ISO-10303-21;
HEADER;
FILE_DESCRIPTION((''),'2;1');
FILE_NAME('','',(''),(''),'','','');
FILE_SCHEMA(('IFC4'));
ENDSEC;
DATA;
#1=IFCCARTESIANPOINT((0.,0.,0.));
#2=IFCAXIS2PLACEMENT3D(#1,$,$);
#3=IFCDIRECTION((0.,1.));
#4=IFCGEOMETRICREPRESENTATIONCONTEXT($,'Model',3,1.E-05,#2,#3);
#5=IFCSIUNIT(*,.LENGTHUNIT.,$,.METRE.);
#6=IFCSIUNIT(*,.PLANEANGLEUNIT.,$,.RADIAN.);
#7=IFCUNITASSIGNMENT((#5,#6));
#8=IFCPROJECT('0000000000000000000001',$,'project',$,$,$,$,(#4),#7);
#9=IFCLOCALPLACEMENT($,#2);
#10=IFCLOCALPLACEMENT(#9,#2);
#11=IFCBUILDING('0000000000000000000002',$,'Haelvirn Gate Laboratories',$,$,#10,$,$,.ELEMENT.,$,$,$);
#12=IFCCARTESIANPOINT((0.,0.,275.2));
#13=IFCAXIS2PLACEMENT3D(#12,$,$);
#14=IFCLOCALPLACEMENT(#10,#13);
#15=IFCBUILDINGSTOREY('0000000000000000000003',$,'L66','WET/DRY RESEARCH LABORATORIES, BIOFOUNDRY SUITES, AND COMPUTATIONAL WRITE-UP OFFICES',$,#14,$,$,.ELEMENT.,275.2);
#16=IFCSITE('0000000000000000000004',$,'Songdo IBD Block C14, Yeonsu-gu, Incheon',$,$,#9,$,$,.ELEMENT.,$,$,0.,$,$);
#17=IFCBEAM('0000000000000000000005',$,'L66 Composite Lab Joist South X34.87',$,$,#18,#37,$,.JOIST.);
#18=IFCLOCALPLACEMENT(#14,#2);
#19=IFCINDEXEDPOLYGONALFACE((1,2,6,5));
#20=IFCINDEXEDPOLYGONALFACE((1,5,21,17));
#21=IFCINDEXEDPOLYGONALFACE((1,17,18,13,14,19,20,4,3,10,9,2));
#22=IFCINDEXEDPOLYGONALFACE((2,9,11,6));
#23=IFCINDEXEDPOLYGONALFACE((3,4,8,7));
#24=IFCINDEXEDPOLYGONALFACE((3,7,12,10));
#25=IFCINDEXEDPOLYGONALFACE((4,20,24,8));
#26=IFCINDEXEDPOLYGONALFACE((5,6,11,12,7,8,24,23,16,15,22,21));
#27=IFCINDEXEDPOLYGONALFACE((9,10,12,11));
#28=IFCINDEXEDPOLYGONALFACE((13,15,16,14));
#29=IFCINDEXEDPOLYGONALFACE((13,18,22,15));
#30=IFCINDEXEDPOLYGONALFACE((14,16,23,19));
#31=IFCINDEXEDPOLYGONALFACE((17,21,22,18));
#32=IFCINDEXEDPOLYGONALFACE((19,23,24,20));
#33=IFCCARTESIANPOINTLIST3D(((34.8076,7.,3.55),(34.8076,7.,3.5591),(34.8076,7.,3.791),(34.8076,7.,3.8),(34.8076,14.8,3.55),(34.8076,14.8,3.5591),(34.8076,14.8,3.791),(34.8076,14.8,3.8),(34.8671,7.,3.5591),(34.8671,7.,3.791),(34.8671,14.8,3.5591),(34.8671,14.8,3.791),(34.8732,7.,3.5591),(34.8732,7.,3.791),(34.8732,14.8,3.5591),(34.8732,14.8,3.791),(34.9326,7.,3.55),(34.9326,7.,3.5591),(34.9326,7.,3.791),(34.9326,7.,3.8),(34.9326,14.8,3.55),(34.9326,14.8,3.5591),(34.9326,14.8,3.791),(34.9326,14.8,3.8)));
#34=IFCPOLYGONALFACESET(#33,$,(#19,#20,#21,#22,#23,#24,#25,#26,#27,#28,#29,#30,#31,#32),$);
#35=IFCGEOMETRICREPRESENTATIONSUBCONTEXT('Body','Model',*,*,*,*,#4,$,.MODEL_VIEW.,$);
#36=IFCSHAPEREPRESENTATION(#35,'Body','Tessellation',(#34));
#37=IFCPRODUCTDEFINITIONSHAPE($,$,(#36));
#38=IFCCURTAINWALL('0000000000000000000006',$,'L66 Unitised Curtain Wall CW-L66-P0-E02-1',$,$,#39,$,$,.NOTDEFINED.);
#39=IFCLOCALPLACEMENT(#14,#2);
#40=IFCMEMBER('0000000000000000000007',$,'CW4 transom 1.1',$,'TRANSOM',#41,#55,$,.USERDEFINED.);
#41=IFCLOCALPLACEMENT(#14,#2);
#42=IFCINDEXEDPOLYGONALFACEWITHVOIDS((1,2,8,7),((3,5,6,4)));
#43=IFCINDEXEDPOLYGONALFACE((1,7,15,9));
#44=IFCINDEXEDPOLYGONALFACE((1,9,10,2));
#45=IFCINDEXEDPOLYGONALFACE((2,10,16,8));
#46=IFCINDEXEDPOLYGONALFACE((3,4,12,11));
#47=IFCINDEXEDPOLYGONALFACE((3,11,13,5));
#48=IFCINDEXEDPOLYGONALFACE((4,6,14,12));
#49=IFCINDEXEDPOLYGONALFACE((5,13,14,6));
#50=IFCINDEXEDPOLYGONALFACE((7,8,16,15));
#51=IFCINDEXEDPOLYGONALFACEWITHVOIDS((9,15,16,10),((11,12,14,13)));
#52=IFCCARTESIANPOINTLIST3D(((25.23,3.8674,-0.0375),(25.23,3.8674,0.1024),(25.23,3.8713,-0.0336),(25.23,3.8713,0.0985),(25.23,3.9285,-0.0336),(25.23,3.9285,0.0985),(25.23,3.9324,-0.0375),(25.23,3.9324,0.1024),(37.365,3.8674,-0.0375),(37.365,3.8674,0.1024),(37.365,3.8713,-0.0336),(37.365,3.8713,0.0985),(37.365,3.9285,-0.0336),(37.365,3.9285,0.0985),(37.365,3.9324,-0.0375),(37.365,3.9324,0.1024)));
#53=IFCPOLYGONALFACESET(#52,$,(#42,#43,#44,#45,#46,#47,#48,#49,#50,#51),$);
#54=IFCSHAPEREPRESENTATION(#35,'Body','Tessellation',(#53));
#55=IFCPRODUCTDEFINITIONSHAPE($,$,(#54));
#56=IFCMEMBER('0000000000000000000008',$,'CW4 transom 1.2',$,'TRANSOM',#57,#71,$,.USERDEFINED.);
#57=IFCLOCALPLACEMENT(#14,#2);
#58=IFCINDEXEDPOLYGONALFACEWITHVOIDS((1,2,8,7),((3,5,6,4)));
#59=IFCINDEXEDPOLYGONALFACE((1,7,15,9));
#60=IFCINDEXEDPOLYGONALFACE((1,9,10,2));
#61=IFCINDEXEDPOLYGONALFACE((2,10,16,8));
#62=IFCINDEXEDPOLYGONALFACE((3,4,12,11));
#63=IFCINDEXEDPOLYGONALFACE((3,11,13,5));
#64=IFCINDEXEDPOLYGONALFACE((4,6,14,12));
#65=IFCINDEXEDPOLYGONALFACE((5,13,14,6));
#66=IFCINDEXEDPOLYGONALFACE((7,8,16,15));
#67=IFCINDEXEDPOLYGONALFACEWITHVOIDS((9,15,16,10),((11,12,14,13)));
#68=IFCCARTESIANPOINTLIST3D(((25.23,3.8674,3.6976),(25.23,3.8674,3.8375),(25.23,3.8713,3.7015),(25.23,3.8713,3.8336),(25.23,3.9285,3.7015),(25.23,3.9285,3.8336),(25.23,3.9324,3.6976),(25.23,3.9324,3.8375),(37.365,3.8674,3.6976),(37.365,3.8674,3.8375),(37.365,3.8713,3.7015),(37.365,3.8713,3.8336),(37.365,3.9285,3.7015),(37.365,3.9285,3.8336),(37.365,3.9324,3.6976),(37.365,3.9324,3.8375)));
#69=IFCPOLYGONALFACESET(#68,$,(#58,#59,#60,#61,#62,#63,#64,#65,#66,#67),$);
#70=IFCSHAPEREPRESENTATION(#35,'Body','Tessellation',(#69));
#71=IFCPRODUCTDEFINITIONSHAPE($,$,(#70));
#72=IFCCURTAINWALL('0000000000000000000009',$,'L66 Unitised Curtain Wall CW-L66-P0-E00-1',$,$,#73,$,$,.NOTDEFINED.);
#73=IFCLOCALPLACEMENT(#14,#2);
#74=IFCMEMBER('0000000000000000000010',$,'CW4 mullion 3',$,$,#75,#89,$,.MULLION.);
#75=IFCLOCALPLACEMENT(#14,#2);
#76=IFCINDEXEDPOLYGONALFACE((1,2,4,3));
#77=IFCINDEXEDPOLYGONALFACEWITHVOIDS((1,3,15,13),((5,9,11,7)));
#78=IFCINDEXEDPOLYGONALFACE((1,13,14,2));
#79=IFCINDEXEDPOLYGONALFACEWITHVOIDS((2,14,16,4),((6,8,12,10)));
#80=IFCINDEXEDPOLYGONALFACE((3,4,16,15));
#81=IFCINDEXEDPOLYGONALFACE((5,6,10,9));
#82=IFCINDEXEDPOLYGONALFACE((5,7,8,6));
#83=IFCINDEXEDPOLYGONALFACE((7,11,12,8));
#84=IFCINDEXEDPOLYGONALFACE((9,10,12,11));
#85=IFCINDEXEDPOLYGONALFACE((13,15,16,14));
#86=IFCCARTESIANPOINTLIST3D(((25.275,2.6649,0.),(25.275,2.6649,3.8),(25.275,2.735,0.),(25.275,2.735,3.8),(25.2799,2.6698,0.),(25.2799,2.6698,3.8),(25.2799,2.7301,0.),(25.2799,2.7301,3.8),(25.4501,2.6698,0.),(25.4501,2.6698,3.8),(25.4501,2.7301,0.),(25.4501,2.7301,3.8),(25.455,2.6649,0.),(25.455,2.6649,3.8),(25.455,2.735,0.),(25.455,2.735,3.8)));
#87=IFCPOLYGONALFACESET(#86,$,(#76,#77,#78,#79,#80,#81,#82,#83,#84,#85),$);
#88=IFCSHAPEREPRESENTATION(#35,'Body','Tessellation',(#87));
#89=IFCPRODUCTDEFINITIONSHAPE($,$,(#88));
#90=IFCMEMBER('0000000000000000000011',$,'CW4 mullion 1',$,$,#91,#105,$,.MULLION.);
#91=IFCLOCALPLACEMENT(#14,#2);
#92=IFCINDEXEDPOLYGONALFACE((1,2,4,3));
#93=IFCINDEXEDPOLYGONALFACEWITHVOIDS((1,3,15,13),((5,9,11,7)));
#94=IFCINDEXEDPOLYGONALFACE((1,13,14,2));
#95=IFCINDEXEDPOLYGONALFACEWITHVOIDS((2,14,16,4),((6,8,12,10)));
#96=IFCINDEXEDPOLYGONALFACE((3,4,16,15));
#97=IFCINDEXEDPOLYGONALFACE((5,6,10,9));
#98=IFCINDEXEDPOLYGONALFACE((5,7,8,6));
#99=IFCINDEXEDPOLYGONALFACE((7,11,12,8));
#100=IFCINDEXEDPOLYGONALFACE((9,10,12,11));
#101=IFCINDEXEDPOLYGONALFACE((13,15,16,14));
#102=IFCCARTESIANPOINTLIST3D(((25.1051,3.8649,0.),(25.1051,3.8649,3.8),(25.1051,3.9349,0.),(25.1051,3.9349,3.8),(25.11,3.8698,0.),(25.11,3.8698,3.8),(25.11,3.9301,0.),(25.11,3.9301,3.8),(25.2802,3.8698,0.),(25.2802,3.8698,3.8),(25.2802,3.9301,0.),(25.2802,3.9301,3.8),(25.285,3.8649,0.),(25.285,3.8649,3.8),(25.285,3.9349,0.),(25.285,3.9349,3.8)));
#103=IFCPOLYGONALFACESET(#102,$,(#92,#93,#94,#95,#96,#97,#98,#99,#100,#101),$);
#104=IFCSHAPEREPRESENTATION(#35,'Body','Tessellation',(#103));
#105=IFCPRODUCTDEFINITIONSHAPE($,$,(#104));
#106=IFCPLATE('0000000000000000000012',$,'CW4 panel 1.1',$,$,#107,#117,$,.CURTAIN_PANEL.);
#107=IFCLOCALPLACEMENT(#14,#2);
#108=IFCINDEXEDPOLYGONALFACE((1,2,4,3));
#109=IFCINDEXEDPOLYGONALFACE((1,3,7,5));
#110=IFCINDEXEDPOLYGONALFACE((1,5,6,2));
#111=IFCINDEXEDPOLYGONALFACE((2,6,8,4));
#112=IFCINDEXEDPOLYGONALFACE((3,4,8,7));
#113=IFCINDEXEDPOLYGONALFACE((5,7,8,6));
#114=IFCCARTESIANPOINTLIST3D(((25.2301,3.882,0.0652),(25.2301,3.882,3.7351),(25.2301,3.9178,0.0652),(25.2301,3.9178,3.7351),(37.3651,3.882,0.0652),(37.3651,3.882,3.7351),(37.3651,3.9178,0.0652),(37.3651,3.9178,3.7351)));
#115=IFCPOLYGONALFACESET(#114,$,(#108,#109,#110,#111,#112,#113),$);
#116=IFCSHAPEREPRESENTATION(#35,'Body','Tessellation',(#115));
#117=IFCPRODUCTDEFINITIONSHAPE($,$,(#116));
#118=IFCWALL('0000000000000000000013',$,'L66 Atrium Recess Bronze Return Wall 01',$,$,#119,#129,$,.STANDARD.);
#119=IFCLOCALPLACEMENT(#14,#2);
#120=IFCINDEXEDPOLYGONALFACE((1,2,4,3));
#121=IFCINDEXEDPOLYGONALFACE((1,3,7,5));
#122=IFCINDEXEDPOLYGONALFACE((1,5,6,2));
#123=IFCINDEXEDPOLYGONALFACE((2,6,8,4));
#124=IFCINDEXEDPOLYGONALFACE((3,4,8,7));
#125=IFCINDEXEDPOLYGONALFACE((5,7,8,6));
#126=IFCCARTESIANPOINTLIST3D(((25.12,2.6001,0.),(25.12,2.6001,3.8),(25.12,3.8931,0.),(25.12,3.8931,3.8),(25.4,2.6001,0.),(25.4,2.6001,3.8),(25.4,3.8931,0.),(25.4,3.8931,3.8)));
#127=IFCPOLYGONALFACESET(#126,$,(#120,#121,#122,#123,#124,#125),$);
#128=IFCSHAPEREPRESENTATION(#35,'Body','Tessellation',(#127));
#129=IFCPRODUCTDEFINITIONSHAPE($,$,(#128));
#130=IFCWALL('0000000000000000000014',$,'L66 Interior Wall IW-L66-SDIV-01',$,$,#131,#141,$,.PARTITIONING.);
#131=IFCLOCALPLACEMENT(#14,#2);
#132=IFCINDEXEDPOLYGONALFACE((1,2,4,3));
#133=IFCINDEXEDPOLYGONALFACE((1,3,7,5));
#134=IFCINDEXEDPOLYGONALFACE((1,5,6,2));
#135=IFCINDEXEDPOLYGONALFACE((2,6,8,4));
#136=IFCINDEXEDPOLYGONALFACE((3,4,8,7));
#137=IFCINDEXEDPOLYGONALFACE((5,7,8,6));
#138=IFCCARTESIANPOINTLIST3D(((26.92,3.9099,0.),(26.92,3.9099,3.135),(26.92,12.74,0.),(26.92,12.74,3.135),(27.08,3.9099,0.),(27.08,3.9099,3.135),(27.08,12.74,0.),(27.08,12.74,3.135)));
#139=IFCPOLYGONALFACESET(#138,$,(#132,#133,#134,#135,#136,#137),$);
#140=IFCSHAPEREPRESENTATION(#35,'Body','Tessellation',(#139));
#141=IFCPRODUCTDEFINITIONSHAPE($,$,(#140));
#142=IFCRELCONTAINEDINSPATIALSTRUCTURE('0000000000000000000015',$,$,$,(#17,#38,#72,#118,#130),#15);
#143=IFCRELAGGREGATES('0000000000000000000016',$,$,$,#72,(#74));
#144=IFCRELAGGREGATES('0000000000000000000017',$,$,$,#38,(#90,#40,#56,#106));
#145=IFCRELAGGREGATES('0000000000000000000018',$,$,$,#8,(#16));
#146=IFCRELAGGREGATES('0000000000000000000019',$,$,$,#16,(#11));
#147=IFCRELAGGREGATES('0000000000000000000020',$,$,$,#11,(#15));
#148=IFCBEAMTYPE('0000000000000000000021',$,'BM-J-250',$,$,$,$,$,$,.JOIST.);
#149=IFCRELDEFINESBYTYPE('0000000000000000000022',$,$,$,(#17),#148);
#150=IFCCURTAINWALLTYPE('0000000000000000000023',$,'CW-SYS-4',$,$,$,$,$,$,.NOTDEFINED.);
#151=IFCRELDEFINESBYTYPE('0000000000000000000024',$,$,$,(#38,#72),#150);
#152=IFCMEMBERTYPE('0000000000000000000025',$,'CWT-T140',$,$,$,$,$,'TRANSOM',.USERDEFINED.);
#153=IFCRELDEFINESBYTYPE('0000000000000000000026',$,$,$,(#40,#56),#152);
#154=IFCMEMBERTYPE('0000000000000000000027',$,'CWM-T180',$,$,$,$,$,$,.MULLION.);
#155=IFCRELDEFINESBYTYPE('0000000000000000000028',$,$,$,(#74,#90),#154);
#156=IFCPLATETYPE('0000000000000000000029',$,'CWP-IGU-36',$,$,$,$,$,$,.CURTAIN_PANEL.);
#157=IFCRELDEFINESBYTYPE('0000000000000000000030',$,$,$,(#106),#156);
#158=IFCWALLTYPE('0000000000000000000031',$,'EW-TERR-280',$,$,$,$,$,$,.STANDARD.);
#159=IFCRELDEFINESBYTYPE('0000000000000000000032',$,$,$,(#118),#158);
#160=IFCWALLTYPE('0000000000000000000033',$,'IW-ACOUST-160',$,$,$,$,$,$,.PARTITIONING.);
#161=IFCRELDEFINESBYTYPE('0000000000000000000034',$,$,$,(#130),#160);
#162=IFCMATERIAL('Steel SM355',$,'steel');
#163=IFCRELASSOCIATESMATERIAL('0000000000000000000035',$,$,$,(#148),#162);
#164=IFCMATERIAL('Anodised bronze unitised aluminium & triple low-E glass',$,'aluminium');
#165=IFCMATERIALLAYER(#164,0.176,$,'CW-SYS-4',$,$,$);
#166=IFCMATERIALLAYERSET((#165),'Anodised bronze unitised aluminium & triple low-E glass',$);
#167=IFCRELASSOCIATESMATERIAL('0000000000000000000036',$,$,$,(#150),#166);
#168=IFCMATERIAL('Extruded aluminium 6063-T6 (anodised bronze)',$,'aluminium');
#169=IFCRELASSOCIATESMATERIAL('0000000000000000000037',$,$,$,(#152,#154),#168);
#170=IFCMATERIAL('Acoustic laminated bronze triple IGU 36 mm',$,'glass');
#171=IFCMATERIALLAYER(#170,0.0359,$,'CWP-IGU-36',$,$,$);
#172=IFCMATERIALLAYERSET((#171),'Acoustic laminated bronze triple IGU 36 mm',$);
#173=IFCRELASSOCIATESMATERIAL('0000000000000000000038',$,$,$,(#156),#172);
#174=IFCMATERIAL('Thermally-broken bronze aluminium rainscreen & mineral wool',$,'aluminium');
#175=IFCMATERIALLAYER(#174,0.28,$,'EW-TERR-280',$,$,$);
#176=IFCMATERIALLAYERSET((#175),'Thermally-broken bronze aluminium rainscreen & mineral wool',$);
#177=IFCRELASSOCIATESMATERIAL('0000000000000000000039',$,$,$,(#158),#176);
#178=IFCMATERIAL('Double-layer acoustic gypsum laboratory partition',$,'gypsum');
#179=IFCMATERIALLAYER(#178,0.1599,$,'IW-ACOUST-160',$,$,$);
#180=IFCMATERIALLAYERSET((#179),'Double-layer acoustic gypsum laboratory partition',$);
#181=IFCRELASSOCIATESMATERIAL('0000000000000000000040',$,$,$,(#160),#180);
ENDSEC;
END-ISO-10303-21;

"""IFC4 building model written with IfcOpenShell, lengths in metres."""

from ifc_helpers import new_model, si_unit, direction, frame, frame_2d, origin, origin_2d, place, context, subcontext, project, spatial, rectangle, hollow_rectangle, i_section, extrude, source, transform, mapped, material, layer, layer_set, material_profile, profile_set, type_object, type_shapes, element, aggregate, save


model = new_model("IFC4")

# Units and contexts
model_context = context("Model", 3, precision=1e-05, world=origin(), true_north=direction((0.0, 1.0)))
body_context = subcontext(model_context, "Body", "Model", "MODEL_VIEW")
ifc_project = project(units=[si_unit("LENGTHUNIT", "METRE"), si_unit("PLANEANGLEUNIT", "RADIAN")], contexts=[model_context])

# Site, building, storey
site_placement = place(None, origin())
site = spatial("IfcSite", under=ifc_project, at=site_placement, Name="Songdo IBD Block C14, Yeonsu-gu, Incheon", CompositionType="ELEMENT", RefElevation=0.0)
building_placement = place(site_placement, origin())
building = spatial("IfcBuilding", under=site, at=building_placement, Name="Haelvirn Gate Laboratories", CompositionType="ELEMENT")
storey_placement = place(building_placement, frame((0.0, 0.0, 275.2)))
storey = spatial("IfcBuildingStorey", under=building, at=storey_placement, Name="L66", Description="WET/DRY RESEARCH LABORATORIES, BIOFOUNDRY SUITES, AND COMPUTATIONAL WRITE-UP OFFICES", CompositionType="ELEMENT", Elevation=275.2)

# Shared definitions
ifc_material_1 = material(Name="Steel SM355", Category="steel")

# Beam
ifc_material_profile_1 = material_profile(ifc_material_1, i_section(OverallWidth=0.125, OverallDepth=0.25, WebThickness=0.0061, FlangeThickness=0.009, at=origin_2d()), Name="H-250x125x6x9")
ifc_profile_set_1 = profile_set([ifc_material_profile_1], Name="Steel SM355")
beam_type_1 = type_object("IfcBeamType", Name="BM-J-250", PredefinedType="JOIST", material=ifc_profile_set_1)
shared_shape_1 = source(origin(), body_context, "Body", "SweptSolid", [
    extrude(i_section(OverallWidth=0.125, OverallDepth=0.25, WebThickness=0.0061, FlangeThickness=0.009, at=origin_2d()), origin(), (0.0, 0.0, 1.0), 7.8),
])
type_shapes(beam_type_1, [shared_shape_1])
for number, where, z_axis, x_axis, name in (
    (1, (34.8701, 7.0, 3.675), (0.0, 1.0, 0.0), (-1.0, 0.0, 0.0), "L66 Composite Lab Joist South X34.87"),
):
    element("IfcBeam", number, at=place(storey_placement, frame(where, z_axis=z_axis, x_axis=x_axis)), inside=storey, type_object=beam_type_1, Name=name, PredefinedType="JOIST", context=body_context, shape_type="MappedRepresentation", body=[
        mapped(shared_shape_1, transform((0.0, 0.0, 0.0), scale=1.0)),
    ])

# Curtain wall, members
ifc_material_2 = material(Name="Anodised bronze unitised aluminium & triple low-E glass", Category="aluminium")
ifc_layer_1 = layer(ifc_material_2, 0.176, Name="CW-SYS-4")
ifc_layer_set_1 = layer_set([ifc_layer_1], Name="Anodised bronze unitised aluminium & triple low-E glass")
curtain_wall_type = type_object("IfcCurtainWallType", Name="CW-SYS-4", PredefinedType="NOTDEFINED", material=ifc_layer_set_1)
curtain_wall_1_placement = place(storey_placement, origin())
curtain_wall_1 = element("IfcCurtainWall", 2, at=curtain_wall_1_placement, inside=storey, type_object=curtain_wall_type, Name="L66 Unitised Curtain Wall CW-L66-P0-E02-1", PredefinedType="NOTDEFINED")
ifc_material_3 = material(Name="Extruded aluminium 6063-T6 (anodised bronze)", Category="aluminium")
ifc_material_profile_2 = material_profile(ifc_material_3, hollow_rectangle(XDim=0.0649, YDim=0.1399, WallThickness=0.0039, at=origin_2d()), Name="CWT-140x65x4")
ifc_profile_set_2 = profile_set([ifc_material_profile_2], Name="Extruded aluminium 6063-T6 (anodised bronze)")
member_type_1 = type_object("IfcMemberType", Name="CWT-T140", ElementType="TRANSOM", PredefinedType="USERDEFINED", material=ifc_profile_set_2)
shared_shape_2 = source(origin(), body_context, "Body", "SweptSolid", [
    extrude(hollow_rectangle(XDim=0.0649, YDim=0.1399, WallThickness=0.0039, at=origin_2d()), origin(), (0.0, 0.0, 1.0), 12.135),
])
type_shapes(member_type_1, [shared_shape_2])
member_1_placement = place(storey_placement, frame((25.23, 3.8999, 0.0325), z_axis=(1.0, 0.0, 0.0), x_axis=(0.0, 1.0, 0.0)))
member_1 = element("IfcMember", 3, at=member_1_placement, type_object=member_type_1, Name="CW4 transom 1.1", ObjectType="TRANSOM", PredefinedType="USERDEFINED", context=body_context, shape_type="MappedRepresentation", body=[
    mapped(shared_shape_2, transform((0.0, 0.0, 0.0), scale=1.0)),
])
member_2_placement = place(storey_placement, frame((25.23, 3.8999, 3.7676), z_axis=(1.0, 0.0, 0.0), x_axis=(0.0, 1.0, 0.0)))
member_2 = element("IfcMember", 4, at=member_2_placement, type_object=member_type_1, Name="CW4 transom 1.2", ObjectType="TRANSOM", PredefinedType="USERDEFINED", context=body_context, shape_type="MappedRepresentation", body=[
    mapped(shared_shape_2, transform((0.0, 0.0, 0.0), scale=1.0)),
])

# Curtain wall, member
curtain_wall_2_placement = place(storey_placement, origin())
curtain_wall_2 = element("IfcCurtainWall", 5, at=curtain_wall_2_placement, inside=storey, type_object=curtain_wall_type, Name="L66 Unitised Curtain Wall CW-L66-P0-E00-1", PredefinedType="NOTDEFINED")
ifc_material_profile_3 = material_profile(ifc_material_3, hollow_rectangle(XDim=0.0701, YDim=0.1799, WallThickness=0.0049, at=origin_2d()), Name="CWM-180x70x5")
ifc_profile_set_3 = profile_set([ifc_material_profile_3], Name="Extruded aluminium 6063-T6 (anodised bronze)")
member_type_2 = type_object("IfcMemberType", Name="CWM-T180", PredefinedType="MULLION", material=ifc_profile_set_3)
shared_shape_3 = source(origin(), body_context, "Body", "SweptSolid", [
    extrude(hollow_rectangle(XDim=0.0701, YDim=0.1799, WallThickness=0.0049, at=origin_2d()), origin(), (0.0, 0.0, 1.0), 3.8),
])
type_shapes(member_type_2, [shared_shape_3])
member_3_placement = place(storey_placement, frame((25.365, 2.7, 0.0), z_axis=(0.0, 0.0, 1.0), x_axis=(0.0, 1.0, 0.0)))
member_3 = element("IfcMember", 6, at=member_3_placement, type_object=member_type_2, Name="CW4 mullion 3", PredefinedType="MULLION", context=body_context, shape_type="MappedRepresentation", body=[
    mapped(shared_shape_3, transform((0.0, 0.0, 0.0), scale=1.0)),
])
aggregate(curtain_wall_2, [member_3])

# Member
member_4_placement = place(storey_placement, frame((25.1951, 3.8999, 0.0), z_axis=(0.0, 0.0, 1.0), x_axis=(0.0, 1.0, 0.0)))
member_4 = element("IfcMember", 7, at=member_4_placement, type_object=member_type_2, Name="CW4 mullion 1", PredefinedType="MULLION", context=body_context, shape_type="MappedRepresentation", body=[
    mapped(shared_shape_3, transform((0.0, 0.0, 0.0), scale=1.0)),
])

# Plate
ifc_material_4 = material(Name="Acoustic laminated bronze triple IGU 36 mm", Category="glass")
ifc_layer_2 = layer(ifc_material_4, 0.0359, Name="CWP-IGU-36")
ifc_layer_set_2 = layer_set([ifc_layer_2], Name="Acoustic laminated bronze triple IGU 36 mm")
plate_type = type_object("IfcPlateType", Name="CWP-IGU-36", PredefinedType="CURTAIN_PANEL", material=ifc_layer_set_2)
shared_shape_4 = source(origin(), body_context, "Body", "SweptSolid", [
    extrude(rectangle(XDim=12.135, YDim=0.0359, at=origin_2d()), origin(), (0.0, 0.0, 1.0), 3.6699),
])
type_shapes(plate_type, [shared_shape_4])
plate_placement = place(storey_placement, frame((31.2976, 3.8999, 0.0652), z_axis=(0.0, 0.0, 1.0), x_axis=(1.0, 0.0, 0.0)))
plate = element("IfcPlate", 8, at=plate_placement, type_object=plate_type, Name="CW4 panel 1.1", PredefinedType="CURTAIN_PANEL", context=body_context, shape_type="MappedRepresentation", body=[
    mapped(shared_shape_4, transform((0.0, 0.0, 0.0), scale=1.0)),
])
aggregate(curtain_wall_1, [member_4, member_1, member_2, plate])

# Walls
ifc_material_5 = material(Name="Thermally-broken bronze aluminium rainscreen & mineral wool", Category="aluminium")
ifc_layer_3 = layer(ifc_material_5, 0.28, Name="EW-TERR-280")
ifc_layer_set_3 = layer_set([ifc_layer_3], Name="Thermally-broken bronze aluminium rainscreen & mineral wool")
wall_type_1 = type_object("IfcWallType", Name="EW-TERR-280", PredefinedType="STANDARD", material=ifc_layer_set_3)
wall_1_placement = place(storey_placement, frame((25.26, 2.6001, 0.0), z_axis=(0.0, 0.0, 1.0), x_axis=(0.0, 1.0, 0.0)))
element("IfcWall", 9, at=wall_1_placement, inside=storey, type_object=wall_type_1, Name="L66 Atrium Recess Bronze Return Wall 01", PredefinedType="STANDARD", context=body_context, shape_type="SweptSolid", body=[
    extrude(rectangle(XDim=1.293, YDim=0.28, at=frame_2d((0.6465, 0.0))), origin(), (0.0, 0.0, 1.0), 3.8),
])
ifc_material_6 = material(Name="Double-layer acoustic gypsum laboratory partition", Category="gypsum")
ifc_layer_4 = layer(ifc_material_6, 0.1599, Name="IW-ACOUST-160")
ifc_layer_set_4 = layer_set([ifc_layer_4], Name="Double-layer acoustic gypsum laboratory partition")
wall_type_2 = type_object("IfcWallType", Name="IW-ACOUST-160", PredefinedType="PARTITIONING", material=ifc_layer_set_4)
wall_2_placement = place(storey_placement, frame((27.0, 3.9099, 0.0), z_axis=(0.0, 0.0, 1.0), x_axis=(0.0, 1.0, 0.0)))
element("IfcWall", 10, at=wall_2_placement, inside=storey, type_object=wall_type_2, Name="L66 Interior Wall IW-L66-SDIV-01", PredefinedType="PARTITIONING", context=body_context, shape_type="SweptSolid", body=[
    extrude(rectangle(XDim=8.8301, YDim=0.1599, at=frame_2d((4.415, 0.0))), origin(), (0.0, 0.0, 1.0), 3.135),
])

save(model, "model.ifc")
